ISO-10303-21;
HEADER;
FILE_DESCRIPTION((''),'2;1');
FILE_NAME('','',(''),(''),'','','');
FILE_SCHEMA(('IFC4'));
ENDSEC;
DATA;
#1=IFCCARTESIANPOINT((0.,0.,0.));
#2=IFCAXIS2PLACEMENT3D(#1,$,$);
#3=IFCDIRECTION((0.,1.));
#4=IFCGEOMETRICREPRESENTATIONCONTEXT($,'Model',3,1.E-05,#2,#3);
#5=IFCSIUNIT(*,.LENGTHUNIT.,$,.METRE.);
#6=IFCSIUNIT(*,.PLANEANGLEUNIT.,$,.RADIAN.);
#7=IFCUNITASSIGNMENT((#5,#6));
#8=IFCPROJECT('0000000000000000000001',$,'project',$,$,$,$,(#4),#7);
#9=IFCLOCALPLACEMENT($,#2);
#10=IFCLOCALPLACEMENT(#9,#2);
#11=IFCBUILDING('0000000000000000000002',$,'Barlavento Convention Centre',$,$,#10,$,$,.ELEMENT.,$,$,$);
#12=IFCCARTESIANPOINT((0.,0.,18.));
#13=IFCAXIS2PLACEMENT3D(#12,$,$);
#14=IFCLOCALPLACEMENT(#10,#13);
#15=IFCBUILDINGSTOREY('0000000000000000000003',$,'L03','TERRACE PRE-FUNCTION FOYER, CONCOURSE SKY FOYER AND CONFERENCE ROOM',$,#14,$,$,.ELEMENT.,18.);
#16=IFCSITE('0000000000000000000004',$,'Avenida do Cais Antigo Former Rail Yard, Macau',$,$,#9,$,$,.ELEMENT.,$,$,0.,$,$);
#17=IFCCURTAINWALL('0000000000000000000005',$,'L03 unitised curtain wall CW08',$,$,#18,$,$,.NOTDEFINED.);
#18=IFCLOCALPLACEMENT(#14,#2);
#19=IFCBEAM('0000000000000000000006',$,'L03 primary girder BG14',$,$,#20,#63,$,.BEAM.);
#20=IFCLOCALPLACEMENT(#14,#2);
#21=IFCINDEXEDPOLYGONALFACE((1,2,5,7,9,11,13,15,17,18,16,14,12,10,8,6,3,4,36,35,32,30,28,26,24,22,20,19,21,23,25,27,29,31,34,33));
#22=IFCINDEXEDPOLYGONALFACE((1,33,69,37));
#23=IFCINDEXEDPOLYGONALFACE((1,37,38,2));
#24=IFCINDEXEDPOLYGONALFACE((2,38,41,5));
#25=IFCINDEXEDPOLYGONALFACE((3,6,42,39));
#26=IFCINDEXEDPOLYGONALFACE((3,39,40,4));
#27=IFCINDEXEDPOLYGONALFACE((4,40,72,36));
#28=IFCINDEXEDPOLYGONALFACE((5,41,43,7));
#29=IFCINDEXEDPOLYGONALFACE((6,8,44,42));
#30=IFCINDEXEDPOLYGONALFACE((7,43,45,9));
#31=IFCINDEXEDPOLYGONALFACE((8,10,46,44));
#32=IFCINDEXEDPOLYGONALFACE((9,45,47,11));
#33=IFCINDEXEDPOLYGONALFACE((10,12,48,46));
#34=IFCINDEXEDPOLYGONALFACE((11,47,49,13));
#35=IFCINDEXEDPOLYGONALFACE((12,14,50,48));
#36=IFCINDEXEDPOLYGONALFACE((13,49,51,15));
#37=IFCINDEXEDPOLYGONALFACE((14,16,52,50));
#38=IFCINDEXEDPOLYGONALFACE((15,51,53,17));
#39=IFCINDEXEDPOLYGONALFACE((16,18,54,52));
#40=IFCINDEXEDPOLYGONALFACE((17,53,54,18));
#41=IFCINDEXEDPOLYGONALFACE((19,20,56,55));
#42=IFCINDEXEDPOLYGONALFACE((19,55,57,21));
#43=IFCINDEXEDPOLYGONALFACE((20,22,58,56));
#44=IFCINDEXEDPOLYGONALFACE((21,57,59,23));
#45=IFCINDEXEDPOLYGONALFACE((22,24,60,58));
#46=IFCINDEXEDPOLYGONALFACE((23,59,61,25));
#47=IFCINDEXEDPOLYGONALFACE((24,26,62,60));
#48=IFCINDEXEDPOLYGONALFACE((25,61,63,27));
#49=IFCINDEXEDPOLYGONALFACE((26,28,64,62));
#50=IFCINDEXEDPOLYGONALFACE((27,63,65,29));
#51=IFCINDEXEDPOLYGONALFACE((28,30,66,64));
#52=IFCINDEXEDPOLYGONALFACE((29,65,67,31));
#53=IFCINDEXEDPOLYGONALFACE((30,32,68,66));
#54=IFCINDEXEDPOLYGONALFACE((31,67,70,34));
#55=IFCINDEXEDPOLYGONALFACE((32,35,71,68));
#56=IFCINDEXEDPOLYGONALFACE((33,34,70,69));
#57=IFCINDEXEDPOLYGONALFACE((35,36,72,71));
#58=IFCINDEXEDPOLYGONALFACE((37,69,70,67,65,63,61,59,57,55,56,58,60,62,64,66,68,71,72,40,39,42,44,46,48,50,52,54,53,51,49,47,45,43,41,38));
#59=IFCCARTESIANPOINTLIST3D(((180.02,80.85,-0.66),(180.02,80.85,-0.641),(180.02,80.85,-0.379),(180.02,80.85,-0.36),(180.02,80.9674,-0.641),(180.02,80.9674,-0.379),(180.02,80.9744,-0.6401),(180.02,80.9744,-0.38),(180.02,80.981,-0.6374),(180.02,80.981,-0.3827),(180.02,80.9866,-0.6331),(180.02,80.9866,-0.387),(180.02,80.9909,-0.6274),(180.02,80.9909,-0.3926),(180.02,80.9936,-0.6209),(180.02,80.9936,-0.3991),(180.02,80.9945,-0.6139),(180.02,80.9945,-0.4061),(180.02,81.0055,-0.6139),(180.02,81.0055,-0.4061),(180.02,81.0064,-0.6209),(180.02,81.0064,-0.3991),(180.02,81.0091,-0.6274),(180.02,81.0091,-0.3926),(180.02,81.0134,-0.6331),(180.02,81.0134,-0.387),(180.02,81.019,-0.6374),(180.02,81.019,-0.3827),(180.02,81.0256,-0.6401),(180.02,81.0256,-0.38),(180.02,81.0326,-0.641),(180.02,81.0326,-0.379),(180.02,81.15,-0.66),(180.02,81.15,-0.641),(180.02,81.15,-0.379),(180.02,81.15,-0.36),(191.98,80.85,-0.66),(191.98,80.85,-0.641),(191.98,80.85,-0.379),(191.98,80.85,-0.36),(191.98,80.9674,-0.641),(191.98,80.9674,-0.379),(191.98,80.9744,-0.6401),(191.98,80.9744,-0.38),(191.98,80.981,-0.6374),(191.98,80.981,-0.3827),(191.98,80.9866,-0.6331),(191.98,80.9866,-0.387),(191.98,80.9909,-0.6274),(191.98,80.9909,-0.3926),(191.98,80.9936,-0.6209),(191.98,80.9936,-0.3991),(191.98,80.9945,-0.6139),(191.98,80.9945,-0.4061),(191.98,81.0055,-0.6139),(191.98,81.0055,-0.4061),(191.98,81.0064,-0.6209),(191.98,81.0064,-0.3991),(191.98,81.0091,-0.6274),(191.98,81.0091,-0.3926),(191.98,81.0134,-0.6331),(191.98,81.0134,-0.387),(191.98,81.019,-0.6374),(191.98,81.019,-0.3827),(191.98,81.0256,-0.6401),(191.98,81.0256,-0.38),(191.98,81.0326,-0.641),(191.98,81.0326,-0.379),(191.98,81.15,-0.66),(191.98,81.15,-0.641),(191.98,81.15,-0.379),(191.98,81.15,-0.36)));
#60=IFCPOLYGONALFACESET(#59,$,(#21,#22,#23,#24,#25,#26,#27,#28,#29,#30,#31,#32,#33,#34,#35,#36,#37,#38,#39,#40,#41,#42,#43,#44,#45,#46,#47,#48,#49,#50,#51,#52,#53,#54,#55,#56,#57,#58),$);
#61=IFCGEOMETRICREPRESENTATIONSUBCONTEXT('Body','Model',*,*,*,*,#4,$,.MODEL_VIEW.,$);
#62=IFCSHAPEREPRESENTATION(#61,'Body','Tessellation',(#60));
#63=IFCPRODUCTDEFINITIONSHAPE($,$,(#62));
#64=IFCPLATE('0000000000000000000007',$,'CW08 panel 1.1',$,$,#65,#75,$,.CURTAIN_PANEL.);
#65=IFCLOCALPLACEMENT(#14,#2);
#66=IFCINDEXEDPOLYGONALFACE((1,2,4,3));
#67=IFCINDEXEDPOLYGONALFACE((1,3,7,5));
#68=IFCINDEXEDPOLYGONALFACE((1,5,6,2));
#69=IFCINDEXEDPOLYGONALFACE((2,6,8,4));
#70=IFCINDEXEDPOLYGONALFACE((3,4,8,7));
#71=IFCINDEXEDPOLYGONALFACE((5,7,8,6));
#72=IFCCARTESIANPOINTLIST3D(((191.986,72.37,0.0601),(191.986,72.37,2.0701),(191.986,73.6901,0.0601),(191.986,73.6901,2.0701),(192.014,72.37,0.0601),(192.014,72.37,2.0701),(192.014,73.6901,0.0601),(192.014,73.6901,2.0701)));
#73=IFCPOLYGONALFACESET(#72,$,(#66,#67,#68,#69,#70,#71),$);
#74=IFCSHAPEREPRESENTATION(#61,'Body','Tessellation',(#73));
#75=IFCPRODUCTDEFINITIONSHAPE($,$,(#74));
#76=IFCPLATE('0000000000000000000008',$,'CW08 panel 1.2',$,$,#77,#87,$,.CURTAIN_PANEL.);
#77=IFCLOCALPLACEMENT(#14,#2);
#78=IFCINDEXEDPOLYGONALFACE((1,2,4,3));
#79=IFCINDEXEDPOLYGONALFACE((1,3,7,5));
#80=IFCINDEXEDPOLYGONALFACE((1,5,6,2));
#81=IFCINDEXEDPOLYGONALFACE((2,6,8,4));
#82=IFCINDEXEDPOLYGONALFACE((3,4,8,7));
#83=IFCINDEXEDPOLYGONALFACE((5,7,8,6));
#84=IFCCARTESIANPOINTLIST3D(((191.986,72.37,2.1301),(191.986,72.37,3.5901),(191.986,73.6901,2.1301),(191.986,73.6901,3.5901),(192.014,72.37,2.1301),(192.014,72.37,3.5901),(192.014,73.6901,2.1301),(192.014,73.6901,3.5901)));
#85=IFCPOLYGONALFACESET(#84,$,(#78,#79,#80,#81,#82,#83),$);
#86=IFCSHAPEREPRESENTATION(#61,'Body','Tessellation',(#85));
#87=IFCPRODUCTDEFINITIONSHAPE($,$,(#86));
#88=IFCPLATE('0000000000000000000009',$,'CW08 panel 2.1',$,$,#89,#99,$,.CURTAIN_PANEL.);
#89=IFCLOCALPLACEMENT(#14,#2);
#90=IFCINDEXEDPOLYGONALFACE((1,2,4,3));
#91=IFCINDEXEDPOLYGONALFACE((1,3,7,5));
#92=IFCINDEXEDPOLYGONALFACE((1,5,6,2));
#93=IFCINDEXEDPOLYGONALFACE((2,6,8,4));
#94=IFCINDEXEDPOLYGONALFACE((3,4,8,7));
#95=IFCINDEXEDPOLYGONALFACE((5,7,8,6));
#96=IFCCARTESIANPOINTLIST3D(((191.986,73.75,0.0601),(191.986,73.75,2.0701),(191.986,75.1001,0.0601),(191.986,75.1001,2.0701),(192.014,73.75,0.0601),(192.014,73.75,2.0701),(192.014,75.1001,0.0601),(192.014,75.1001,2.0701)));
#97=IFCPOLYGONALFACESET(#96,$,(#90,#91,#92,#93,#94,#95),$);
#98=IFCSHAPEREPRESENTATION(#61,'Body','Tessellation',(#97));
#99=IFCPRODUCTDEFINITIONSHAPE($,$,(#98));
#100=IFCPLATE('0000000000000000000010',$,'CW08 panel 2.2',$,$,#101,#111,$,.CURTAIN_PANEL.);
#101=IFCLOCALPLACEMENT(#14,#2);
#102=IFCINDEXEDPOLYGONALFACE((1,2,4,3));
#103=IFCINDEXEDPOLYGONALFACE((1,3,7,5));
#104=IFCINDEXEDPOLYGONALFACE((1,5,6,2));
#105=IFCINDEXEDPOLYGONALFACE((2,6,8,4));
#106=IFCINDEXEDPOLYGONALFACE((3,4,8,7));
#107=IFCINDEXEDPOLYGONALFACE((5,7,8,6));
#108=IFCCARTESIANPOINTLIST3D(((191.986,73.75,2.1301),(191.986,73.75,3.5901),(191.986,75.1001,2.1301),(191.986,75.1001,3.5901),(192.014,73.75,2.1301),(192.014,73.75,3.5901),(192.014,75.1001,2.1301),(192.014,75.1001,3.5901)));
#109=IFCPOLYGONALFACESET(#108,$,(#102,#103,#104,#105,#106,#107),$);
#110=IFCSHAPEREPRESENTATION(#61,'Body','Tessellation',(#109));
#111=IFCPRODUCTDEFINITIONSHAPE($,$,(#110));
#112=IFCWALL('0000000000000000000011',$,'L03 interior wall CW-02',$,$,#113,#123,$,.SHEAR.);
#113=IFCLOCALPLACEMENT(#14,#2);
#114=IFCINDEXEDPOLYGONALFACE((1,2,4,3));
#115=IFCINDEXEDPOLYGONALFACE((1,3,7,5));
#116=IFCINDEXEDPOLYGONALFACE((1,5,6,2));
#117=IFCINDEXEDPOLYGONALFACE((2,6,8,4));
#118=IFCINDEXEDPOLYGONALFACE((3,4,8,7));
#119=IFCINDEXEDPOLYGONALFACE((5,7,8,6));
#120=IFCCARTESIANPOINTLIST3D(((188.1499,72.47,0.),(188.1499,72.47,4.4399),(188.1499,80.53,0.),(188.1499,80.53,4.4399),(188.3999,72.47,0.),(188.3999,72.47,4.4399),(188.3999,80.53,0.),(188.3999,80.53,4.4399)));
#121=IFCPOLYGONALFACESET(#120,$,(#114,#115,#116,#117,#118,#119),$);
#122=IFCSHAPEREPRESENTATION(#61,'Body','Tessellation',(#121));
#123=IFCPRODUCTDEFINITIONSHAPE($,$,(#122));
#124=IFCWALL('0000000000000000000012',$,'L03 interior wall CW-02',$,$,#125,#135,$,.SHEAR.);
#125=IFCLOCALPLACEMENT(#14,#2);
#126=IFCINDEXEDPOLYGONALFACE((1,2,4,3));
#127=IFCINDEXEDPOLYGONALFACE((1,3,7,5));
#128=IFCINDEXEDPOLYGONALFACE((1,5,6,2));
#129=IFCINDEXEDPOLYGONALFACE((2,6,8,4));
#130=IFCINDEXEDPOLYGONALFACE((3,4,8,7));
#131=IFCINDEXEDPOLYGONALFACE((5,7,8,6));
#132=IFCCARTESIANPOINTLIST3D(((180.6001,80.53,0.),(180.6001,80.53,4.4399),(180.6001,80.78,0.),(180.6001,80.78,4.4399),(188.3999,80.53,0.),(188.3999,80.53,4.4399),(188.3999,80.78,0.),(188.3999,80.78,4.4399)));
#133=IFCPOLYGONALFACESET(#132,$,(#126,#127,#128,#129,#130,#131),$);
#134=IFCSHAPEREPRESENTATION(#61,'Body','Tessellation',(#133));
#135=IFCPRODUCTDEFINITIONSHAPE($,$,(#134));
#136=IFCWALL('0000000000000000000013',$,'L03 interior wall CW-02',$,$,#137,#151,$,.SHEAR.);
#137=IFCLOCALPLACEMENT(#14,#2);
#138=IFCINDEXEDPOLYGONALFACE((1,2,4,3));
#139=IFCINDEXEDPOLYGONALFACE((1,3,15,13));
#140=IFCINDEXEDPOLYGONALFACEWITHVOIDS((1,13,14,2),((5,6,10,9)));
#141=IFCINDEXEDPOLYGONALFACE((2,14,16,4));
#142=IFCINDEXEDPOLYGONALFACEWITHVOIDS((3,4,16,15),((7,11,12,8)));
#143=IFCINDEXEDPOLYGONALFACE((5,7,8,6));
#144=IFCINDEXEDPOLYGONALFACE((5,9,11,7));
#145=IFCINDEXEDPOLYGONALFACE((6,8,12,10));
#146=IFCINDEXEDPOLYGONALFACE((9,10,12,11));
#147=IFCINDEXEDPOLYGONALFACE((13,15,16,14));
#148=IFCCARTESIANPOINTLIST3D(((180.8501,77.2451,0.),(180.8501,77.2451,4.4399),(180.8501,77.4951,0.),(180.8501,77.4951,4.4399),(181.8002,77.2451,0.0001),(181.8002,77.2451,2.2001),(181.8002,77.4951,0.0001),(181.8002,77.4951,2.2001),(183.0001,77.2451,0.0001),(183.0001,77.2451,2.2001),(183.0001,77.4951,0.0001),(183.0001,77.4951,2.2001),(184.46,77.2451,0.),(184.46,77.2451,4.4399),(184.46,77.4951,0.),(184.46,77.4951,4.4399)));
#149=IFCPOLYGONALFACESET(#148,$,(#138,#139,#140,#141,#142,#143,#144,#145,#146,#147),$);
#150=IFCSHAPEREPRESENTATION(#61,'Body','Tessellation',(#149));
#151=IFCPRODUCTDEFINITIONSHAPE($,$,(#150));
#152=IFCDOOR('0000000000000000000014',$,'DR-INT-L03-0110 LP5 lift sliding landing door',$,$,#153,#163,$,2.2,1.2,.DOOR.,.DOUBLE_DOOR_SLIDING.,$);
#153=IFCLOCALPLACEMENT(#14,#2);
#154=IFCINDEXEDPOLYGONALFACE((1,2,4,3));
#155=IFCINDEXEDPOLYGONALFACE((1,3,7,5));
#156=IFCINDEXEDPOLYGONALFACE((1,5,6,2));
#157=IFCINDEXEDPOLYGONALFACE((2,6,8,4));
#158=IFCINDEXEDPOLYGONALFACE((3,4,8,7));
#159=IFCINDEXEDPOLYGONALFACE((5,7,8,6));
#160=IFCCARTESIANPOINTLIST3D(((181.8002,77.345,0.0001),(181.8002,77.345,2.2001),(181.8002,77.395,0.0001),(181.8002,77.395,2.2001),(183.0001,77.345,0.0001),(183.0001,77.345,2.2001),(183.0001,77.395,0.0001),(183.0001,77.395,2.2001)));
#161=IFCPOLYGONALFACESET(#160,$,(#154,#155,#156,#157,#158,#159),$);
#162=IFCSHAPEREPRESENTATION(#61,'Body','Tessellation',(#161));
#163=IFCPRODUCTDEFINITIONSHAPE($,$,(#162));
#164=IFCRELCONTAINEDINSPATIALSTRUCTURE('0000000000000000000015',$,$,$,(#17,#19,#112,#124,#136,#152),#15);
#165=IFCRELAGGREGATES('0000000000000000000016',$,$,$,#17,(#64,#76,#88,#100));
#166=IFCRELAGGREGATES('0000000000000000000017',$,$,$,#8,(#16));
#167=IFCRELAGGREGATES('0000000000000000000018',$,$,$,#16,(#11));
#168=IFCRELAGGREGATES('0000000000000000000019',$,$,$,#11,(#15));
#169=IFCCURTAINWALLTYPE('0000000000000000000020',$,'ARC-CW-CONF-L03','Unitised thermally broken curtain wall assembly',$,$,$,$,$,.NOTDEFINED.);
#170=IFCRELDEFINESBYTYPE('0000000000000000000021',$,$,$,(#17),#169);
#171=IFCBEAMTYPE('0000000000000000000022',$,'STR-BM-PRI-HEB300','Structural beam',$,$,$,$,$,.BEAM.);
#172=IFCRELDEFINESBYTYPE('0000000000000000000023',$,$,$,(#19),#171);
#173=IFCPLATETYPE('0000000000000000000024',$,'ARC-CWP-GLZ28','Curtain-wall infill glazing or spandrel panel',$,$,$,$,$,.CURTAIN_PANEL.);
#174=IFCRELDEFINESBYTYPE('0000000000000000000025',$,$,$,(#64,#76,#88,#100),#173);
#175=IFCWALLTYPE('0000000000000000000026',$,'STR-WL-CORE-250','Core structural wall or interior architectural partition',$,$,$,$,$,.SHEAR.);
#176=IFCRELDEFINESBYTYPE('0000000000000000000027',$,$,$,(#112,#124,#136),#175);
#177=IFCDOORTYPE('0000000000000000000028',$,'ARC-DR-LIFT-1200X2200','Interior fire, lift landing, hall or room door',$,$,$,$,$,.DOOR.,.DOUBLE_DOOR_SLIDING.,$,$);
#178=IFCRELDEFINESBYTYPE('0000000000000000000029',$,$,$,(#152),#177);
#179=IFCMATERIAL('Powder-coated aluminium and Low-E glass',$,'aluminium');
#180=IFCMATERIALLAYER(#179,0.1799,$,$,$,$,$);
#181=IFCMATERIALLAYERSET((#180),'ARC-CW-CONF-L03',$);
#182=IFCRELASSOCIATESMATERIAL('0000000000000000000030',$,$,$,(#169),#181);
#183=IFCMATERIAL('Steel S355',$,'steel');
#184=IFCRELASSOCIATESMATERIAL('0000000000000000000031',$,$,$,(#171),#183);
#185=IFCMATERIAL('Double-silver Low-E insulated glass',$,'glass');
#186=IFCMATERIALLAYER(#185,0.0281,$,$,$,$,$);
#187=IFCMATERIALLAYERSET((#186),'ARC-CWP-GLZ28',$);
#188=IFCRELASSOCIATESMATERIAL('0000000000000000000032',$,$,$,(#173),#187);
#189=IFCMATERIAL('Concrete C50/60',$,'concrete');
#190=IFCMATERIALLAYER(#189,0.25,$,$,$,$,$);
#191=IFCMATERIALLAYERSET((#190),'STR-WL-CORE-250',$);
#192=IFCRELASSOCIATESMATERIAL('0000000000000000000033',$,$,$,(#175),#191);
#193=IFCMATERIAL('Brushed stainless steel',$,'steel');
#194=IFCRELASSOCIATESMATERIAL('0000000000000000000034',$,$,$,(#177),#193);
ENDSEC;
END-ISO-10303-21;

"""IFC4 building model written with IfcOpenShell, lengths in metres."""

from ifc_helpers import new_model, si_unit, direction, frame, frame_2d, origin, origin_2d, place, context, subcontext, project, spatial, rectangle, i_section, extrude, material, layer, layer_set, material_profile, profile_set, type_object, element, fill, aggregate, save


model = new_model("IFC4")

# Units and contexts
model_context = context("Model", 3, precision=1e-05, world=origin(), true_north=direction((0.0, 1.0)))
body_context = subcontext(model_context, "Body", "Model", "MODEL_VIEW")
ifc_project = project(units=[si_unit("LENGTHUNIT", "METRE"), si_unit("PLANEANGLEUNIT", "RADIAN")], contexts=[model_context])

# Site, building, storey
site_placement = place(None, origin())
site = spatial("IfcSite", under=ifc_project, at=site_placement, Name="Avenida do Cais Antigo Former Rail Yard, Macau", CompositionType="ELEMENT", RefElevation=0.0)
building_placement = place(site_placement, origin())
building = spatial("IfcBuilding", under=site, at=building_placement, Name="Barlavento Convention Centre", CompositionType="ELEMENT")
storey_placement = place(building_placement, frame((0.0, 0.0, 18.0)))
storey = spatial("IfcBuildingStorey", under=building, at=storey_placement, Name="L03", Description="TERRACE PRE-FUNCTION FOYER, CONCOURSE SKY FOYER AND CONFERENCE ROOM", CompositionType="ELEMENT", Elevation=18.0)

# Curtain wall
ifc_material_1 = material(Name="Powder-coated aluminium and Low-E glass", Category="aluminium")
ifc_layer_1 = layer(ifc_material_1, 0.1799)
ifc_layer_set_1 = layer_set([ifc_layer_1], Name="ARC-CW-CONF-L03")
curtain_wall_type = type_object("IfcCurtainWallType", Name="ARC-CW-CONF-L03", Description="Unitised thermally broken curtain wall assembly", PredefinedType="NOTDEFINED", material=ifc_layer_set_1)
curtain_wall_placement = place(storey_placement, origin())
curtain_wall = element("IfcCurtainWall", 1, at=curtain_wall_placement, inside=storey, type_object=curtain_wall_type, Name="L03 unitised curtain wall CW08", PredefinedType="NOTDEFINED")

# Beam
ifc_material_2 = material(Name="Steel S355", Category="steel")
ifc_material_profile_1 = material_profile(ifc_material_2, i_section(OverallWidth=0.3, OverallDepth=0.3, WebThickness=0.011, FlangeThickness=0.019, FilletRadius=0.0271, at=origin_2d()), Name="HEB 300")
ifc_profile_set_1 = profile_set([ifc_material_profile_1], Name="Steel S355")
beam_type_1 = type_object("IfcBeamType", Name="STR-BM-PRI-HEB300", Description="Structural beam", PredefinedType="BEAM", material=ifc_profile_set_1)
beam_1_placement = place(storey_placement, frame((180.02, 81.0, -0.51), z_axis=(1.0, 0.0, 0.0), x_axis=(0.0, 1.0, 0.0)))
element("IfcBeam", 2, at=beam_1_placement, inside=storey, type_object=beam_type_1, Name="L03 primary girder BG14", PredefinedType="BEAM", context=body_context, shape_type="SweptSolid", body=[
    extrude(i_section(OverallWidth=0.3, OverallDepth=0.3, WebThickness=0.011, FlangeThickness=0.019, FilletRadius=0.0271, at=origin_2d()), origin(), (0.0, 0.0, 1.0), 11.96),
])

# Plates
ifc_material_3 = material(Name="Double-silver Low-E insulated glass", Category="glass")
ifc_layer_2 = layer(ifc_material_3, 0.0281)
ifc_layer_set_2 = layer_set([ifc_layer_2], Name="ARC-CWP-GLZ28")
plate_type = type_object("IfcPlateType", Name="ARC-CWP-GLZ28", Description="Curtain-wall infill glazing or spandrel panel", PredefinedType="CURTAIN_PANEL", material=ifc_layer_set_2)
plate_1_placement = place(storey_placement, frame((192.0, 73.03, 0.0601), z_axis=(0.0, 0.0, 1.0), x_axis=(0.0, 1.0, 0.0)))
plate_1 = element("IfcPlate", 3, at=plate_1_placement, type_object=plate_type, Name="CW08 panel 1.1", PredefinedType="CURTAIN_PANEL", context=body_context, shape_type="SweptSolid", body=[
    extrude(rectangle(XDim=1.3201, YDim=0.0281, at=origin_2d()), origin(), (0.0, 0.0, 1.0), 2.01),
])
plate_2_placement = place(storey_placement, frame((192.0, 73.03, 2.1301), z_axis=(0.0, 0.0, 1.0), x_axis=(0.0, 1.0, 0.0)))
plate_2 = element("IfcPlate", 4, at=plate_2_placement, type_object=plate_type, Name="CW08 panel 1.2", PredefinedType="CURTAIN_PANEL", context=body_context, shape_type="SweptSolid", body=[
    extrude(rectangle(XDim=1.3201, YDim=0.0281, at=origin_2d()), origin(), (0.0, 0.0, 1.0), 1.46),
])
plate_3_placement = place(storey_placement, frame((192.0, 74.425, 0.0601), z_axis=(0.0, 0.0, 1.0), x_axis=(0.0, 1.0, 0.0)))
plate_3 = element("IfcPlate", 5, at=plate_3_placement, type_object=plate_type, Name="CW08 panel 2.1", PredefinedType="CURTAIN_PANEL", context=body_context, shape_type="SweptSolid", body=[
    extrude(rectangle(XDim=1.3501, YDim=0.0281, at=origin_2d()), origin(), (0.0, 0.0, 1.0), 2.01),
])
plate_4_placement = place(storey_placement, frame((192.0, 74.425, 2.1301), z_axis=(0.0, 0.0, 1.0), x_axis=(0.0, 1.0, 0.0)))
plate_4 = element("IfcPlate", 6, at=plate_4_placement, type_object=plate_type, Name="CW08 panel 2.2", PredefinedType="CURTAIN_PANEL", context=body_context, shape_type="SweptSolid", body=[
    extrude(rectangle(XDim=1.3501, YDim=0.0281, at=origin_2d()), origin(), (0.0, 0.0, 1.0), 1.46),
])
aggregate(curtain_wall, [plate_1, plate_2, plate_3, plate_4])

# Walls
ifc_material_4 = material(Name="Concrete C50/60", Category="concrete")
ifc_layer_3 = layer(ifc_material_4, 0.25)
ifc_layer_set_3 = layer_set([ifc_layer_3], Name="STR-WL-CORE-250")
wall_type = type_object("IfcWallType", Name="STR-WL-CORE-250", Description="Core structural wall or interior architectural partition", PredefinedType="SHEAR", material=ifc_layer_set_3)
wall_1_placement = place(storey_placement, frame((188.2749, 72.47, 0.0), z_axis=(0.0, 0.0, 1.0), x_axis=(0.0, 1.0, 0.0)))
element("IfcWall", 7, at=wall_1_placement, inside=storey, type_object=wall_type, Name="L03 interior wall CW-02", PredefinedType="SHEAR", context=body_context, shape_type="SweptSolid", body=[
    extrude(rectangle(XDim=8.0601, YDim=0.25, at=frame_2d((4.03, 0.0))), origin(), (0.0, 0.0, 1.0), 4.4399),
])
wall_2_placement = place(storey_placement, frame((180.6001, 80.655, 0.0), z_axis=(0.0, 0.0, 1.0), x_axis=(1.0, 0.0, 0.0)))
element("IfcWall", 8, at=wall_2_placement, inside=storey, type_object=wall_type, Name="L03 interior wall CW-02", PredefinedType="SHEAR", context=body_context, shape_type="SweptSolid", body=[
    extrude(rectangle(XDim=7.7998, YDim=0.25, at=frame_2d((3.8999, 0.0))), origin(), (0.0, 0.0, 1.0), 4.4399),
])

# Wall, opening, door
wall_3_placement = place(storey_placement, frame((180.8501, 77.3701, 0.0), z_axis=(0.0, 0.0, 1.0), x_axis=(1.0, 0.0, 0.0)))
wall_3 = element("IfcWall", 9, at=wall_3_placement, inside=storey, type_object=wall_type, Name="L03 interior wall CW-02", PredefinedType="SHEAR", context=body_context, shape_type="SweptSolid", body=[
    extrude(rectangle(XDim=3.6099, YDim=0.25, at=frame_2d((1.8049, 0.0))), origin(), (0.0, 0.0, 1.0), 4.4399),
])
opening_placement = place(wall_3_placement, frame((0.95, 0.0, 0.0)))
opening = element("IfcOpeningElement", 10, at=opening_placement, cuts=wall_3, PredefinedType="OPENING", context=body_context, shape_type="SweptSolid", body=[
    extrude(rectangle(XDim=1.2, YDim=2.2, at=frame_2d((0.6001, 1.1001))), frame((0.0, 0.135, 0.0), z_axis=(0.0, -1.0, 0.0), x_axis=(1.0, 0.0, 0.0)), (0.0, 0.0, 1.0), 0.27),
])
ifc_material_5 = material(Name="Brushed stainless steel", Category="steel")
door_type = type_object("IfcDoorType", Name="ARC-DR-LIFT-1200X2200", Description="Interior fire, lift landing, hall or room door", OperationType="DOUBLE_DOOR_SLIDING", PredefinedType="DOOR", material=ifc_material_5)
door_placement = place(opening_placement, origin())
door = element("IfcDoor", 11, at=door_placement, inside=storey, type_object=door_type, Name="DR-INT-L03-0110 LP5 lift sliding landing door", OperationType="DOUBLE_DOOR_SLIDING", OverallHeight=2.2, OverallWidth=1.2, PredefinedType="DOOR", context=body_context, shape_type="SweptSolid", body=[
    extrude(rectangle(XDim=1.2, YDim=2.2, at=frame_2d((0.6001, 1.1001))), frame((0.0, 0.0249, 0.0), z_axis=(0.0, -1.0, 0.0), x_axis=(1.0, 0.0, 0.0)), (0.0, 0.0, 1.0), 0.05),
])
fill(opening, door)

save(model, "model.ifc")
